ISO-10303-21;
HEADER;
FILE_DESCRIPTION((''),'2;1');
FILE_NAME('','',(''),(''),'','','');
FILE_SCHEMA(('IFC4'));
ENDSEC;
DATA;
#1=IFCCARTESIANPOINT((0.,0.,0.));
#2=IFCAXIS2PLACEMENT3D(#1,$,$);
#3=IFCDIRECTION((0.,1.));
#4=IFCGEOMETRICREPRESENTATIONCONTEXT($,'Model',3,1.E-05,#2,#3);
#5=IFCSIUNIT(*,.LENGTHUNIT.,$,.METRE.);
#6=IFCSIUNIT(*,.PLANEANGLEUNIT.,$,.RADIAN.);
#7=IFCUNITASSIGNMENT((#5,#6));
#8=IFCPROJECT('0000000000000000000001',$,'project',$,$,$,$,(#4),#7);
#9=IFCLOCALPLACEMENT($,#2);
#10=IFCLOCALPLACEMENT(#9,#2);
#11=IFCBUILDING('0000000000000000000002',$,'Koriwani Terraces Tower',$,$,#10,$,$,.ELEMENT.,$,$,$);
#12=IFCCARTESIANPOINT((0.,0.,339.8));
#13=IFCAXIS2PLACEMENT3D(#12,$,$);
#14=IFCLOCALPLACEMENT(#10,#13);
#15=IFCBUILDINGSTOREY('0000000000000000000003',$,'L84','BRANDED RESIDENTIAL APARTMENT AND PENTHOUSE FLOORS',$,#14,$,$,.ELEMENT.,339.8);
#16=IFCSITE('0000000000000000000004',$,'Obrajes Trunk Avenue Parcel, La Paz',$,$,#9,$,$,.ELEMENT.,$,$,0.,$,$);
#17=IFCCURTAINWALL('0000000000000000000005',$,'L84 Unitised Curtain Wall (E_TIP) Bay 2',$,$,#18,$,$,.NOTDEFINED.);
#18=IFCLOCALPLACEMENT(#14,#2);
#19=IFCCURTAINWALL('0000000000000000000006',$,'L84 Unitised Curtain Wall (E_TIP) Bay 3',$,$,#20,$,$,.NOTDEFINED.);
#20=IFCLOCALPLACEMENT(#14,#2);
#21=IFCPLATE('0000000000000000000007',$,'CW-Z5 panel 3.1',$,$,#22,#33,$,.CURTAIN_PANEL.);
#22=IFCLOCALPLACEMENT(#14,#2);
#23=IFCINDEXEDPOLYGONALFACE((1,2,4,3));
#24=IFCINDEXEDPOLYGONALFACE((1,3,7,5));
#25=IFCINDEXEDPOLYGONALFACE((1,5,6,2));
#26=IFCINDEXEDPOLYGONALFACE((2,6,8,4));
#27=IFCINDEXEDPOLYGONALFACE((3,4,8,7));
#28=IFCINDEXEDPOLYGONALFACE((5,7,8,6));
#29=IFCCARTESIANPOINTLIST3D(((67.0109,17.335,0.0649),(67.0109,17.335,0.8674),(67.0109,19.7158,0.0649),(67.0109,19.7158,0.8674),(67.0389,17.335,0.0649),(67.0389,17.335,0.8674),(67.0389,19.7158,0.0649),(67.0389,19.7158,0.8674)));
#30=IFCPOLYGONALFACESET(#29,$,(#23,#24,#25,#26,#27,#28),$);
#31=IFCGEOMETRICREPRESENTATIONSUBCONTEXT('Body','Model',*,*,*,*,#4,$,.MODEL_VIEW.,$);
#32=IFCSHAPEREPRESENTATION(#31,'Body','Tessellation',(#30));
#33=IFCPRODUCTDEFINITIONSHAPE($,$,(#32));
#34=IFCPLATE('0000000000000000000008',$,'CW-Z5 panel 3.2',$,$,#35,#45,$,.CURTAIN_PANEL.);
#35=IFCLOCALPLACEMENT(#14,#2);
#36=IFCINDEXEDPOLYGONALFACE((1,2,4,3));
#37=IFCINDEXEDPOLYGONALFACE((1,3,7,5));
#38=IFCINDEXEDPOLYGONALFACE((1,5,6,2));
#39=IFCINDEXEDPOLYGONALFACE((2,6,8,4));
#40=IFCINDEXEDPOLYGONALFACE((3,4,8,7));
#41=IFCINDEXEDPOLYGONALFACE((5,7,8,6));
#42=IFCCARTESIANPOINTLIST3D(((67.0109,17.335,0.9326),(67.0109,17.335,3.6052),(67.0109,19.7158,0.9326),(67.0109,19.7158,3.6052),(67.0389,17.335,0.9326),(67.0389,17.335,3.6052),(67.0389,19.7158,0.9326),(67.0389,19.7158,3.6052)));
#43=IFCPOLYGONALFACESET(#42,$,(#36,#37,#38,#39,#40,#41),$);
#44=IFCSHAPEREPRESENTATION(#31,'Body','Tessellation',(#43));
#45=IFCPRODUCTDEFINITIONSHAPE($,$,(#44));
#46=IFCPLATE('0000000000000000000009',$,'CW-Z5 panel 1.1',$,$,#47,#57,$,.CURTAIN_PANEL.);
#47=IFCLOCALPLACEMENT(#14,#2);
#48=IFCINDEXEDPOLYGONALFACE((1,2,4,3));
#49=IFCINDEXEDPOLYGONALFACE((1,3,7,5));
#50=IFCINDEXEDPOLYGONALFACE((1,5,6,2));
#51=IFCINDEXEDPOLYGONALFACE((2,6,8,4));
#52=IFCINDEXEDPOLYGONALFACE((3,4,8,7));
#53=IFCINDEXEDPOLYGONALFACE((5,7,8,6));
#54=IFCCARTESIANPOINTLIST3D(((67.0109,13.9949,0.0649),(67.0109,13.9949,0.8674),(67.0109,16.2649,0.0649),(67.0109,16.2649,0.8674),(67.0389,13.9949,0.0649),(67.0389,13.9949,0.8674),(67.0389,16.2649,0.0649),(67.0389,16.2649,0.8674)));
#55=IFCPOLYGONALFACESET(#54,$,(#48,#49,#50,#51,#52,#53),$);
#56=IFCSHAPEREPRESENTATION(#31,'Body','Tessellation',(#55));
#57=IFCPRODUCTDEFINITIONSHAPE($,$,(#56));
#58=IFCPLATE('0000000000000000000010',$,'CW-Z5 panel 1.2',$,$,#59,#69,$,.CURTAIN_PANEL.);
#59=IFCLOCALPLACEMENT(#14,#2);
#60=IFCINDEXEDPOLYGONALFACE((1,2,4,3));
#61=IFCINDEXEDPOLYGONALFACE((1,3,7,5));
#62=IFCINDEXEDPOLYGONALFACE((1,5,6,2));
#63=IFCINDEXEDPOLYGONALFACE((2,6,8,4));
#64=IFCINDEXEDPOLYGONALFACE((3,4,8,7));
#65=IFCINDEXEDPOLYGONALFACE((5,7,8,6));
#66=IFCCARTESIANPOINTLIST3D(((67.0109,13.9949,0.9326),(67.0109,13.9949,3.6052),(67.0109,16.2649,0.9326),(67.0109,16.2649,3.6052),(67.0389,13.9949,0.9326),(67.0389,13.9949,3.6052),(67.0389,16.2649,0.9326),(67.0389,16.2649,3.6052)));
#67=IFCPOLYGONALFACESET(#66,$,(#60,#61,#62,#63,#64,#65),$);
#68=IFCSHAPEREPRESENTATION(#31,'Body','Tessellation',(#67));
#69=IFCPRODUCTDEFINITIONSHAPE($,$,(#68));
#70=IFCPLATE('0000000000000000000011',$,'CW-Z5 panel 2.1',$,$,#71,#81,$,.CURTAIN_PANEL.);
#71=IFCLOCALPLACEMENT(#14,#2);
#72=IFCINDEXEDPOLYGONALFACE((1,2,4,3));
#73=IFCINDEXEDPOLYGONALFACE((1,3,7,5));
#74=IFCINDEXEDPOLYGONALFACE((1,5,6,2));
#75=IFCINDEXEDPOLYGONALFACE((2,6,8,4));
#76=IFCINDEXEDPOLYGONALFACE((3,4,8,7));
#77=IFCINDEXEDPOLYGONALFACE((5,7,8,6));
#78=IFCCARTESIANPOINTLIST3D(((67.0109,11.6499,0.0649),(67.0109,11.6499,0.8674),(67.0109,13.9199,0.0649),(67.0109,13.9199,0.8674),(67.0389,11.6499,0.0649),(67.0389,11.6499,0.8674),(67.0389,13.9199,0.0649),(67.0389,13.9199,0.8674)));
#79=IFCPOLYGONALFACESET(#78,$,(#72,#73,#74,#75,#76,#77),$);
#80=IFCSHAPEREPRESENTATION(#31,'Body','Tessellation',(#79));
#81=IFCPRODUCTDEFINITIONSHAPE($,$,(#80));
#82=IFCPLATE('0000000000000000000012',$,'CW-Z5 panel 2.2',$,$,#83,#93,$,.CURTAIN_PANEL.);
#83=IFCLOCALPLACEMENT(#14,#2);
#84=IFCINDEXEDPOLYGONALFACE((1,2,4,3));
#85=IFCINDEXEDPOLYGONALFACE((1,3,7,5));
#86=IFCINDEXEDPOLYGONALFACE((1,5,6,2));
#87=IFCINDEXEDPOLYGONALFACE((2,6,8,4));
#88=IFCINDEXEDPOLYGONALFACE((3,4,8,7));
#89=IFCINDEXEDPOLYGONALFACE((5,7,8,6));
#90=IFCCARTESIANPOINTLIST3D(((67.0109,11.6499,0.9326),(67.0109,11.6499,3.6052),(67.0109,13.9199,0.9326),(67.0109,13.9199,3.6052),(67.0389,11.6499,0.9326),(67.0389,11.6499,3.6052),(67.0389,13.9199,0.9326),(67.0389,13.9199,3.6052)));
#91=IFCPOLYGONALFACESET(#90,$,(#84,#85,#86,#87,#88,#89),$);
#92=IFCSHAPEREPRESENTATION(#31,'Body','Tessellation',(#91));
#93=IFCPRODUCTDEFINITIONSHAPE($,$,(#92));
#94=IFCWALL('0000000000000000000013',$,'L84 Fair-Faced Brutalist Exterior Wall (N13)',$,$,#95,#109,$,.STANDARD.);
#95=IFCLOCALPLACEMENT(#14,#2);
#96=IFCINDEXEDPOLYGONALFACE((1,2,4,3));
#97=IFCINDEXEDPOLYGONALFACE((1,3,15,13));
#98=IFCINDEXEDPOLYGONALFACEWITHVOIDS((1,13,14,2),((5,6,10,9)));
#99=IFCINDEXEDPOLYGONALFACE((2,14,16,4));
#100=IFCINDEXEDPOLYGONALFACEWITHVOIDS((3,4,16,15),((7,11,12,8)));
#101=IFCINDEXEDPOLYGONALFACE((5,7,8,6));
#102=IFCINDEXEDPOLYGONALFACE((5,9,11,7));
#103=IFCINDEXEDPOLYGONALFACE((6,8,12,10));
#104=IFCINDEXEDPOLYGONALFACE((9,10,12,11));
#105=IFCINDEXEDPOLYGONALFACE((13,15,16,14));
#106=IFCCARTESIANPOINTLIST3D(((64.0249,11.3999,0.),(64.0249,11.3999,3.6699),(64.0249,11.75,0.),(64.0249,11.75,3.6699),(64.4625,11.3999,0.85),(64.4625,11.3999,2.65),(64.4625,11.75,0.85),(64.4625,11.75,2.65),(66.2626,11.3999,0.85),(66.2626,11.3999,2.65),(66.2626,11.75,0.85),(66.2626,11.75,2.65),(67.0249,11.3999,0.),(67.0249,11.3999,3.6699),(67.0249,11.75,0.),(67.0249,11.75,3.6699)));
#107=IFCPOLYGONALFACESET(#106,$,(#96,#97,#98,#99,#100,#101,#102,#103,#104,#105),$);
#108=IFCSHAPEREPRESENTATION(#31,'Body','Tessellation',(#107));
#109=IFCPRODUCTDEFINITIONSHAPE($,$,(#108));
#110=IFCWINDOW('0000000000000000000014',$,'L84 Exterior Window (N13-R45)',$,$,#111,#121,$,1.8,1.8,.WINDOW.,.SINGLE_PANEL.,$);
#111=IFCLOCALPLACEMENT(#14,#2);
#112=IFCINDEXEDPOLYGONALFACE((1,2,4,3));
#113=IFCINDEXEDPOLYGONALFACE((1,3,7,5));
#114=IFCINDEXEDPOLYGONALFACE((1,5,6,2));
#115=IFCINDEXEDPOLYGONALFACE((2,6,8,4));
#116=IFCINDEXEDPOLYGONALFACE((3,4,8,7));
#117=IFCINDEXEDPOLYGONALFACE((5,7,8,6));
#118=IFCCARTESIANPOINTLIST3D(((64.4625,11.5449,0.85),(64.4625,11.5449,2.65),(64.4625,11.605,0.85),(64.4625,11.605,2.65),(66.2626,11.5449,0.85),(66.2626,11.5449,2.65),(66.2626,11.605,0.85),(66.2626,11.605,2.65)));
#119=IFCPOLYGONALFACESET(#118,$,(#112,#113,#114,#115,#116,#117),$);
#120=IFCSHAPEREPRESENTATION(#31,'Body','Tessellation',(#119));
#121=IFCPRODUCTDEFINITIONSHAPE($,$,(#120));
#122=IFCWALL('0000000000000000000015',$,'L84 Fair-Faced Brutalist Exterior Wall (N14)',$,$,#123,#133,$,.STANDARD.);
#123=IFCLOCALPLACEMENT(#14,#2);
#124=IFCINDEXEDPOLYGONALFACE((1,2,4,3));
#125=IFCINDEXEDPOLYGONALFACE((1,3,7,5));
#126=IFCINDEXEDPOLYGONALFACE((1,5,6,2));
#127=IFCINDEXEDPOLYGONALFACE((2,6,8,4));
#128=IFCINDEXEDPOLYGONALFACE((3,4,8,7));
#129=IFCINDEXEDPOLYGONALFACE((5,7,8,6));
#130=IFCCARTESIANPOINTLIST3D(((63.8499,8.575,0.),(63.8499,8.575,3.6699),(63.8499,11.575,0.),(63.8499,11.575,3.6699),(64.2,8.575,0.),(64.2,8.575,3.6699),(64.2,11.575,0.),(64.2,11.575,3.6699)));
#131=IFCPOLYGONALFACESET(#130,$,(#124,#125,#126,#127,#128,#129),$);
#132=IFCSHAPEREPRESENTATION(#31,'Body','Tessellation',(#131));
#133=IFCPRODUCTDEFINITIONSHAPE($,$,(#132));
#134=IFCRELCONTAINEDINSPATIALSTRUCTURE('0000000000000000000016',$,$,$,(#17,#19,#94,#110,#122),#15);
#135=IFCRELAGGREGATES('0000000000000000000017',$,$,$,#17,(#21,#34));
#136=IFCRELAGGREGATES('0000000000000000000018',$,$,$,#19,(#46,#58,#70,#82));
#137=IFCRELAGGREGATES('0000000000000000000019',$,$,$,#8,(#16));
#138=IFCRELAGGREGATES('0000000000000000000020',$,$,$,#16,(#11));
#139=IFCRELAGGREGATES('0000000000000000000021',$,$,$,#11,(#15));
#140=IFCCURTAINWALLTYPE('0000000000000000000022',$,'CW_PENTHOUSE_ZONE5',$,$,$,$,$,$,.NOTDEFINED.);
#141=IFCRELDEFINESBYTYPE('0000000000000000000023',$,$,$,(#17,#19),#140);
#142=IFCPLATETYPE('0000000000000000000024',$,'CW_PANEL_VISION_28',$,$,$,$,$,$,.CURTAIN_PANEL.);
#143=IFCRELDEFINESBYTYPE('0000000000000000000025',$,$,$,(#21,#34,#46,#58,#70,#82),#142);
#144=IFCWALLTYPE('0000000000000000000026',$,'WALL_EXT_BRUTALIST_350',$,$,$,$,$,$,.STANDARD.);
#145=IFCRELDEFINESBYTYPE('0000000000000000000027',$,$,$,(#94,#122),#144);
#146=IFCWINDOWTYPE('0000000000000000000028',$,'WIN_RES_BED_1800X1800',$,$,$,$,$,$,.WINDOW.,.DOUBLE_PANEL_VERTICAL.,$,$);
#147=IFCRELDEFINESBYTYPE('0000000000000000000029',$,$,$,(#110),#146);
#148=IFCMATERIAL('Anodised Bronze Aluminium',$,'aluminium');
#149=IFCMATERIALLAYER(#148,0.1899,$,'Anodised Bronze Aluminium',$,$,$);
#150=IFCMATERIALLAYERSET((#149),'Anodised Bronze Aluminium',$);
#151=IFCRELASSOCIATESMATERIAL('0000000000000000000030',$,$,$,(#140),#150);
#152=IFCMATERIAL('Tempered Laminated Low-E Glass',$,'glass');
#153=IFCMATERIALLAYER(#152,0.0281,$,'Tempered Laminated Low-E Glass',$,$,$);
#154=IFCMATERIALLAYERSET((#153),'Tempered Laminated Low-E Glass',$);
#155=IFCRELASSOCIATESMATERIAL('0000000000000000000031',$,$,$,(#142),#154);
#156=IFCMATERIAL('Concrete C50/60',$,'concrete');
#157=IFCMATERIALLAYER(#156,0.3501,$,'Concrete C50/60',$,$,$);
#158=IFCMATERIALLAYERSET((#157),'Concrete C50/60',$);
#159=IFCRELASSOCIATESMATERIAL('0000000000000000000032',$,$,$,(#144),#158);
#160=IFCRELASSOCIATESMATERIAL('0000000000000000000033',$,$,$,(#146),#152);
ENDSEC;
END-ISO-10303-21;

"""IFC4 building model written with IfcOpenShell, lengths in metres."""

from ifc_helpers import new_model, si_unit, direction, frame, frame_2d, origin, origin_2d, place, context, subcontext, project, spatial, rectangle, extrude, material, layer, layer_set, type_object, element, fill, aggregate, save


model = new_model("IFC4")

# Units and contexts
model_context = context("Model", 3, precision=1e-05, world=origin(), true_north=direction((0.0, 1.0)))
body_context = subcontext(model_context, "Body", "Model", "MODEL_VIEW")
ifc_project = project(units=[si_unit("LENGTHUNIT", "METRE"), si_unit("PLANEANGLEUNIT", "RADIAN")], contexts=[model_context])

# Site, building, storey
site_placement = place(None, origin())
site = spatial("IfcSite", under=ifc_project, at=site_placement, Name="Obrajes Trunk Avenue Parcel, La Paz", CompositionType="ELEMENT", RefElevation=0.0)
building_placement = place(site_placement, origin())
building = spatial("IfcBuilding", under=site, at=building_placement, Name="Koriwani Terraces Tower", CompositionType="ELEMENT")
storey_placement = place(building_placement, frame((0.0, 0.0, 339.8)))
storey = spatial("IfcBuildingStorey", under=building, at=storey_placement, Name="L84", Description="BRANDED RESIDENTIAL APARTMENT AND PENTHOUSE FLOORS", CompositionType="ELEMENT", Elevation=339.8)

# Shared definitions
ifc_material_1 = material(Name="Concrete C50/60", Category="concrete")

# Curtain wall
ifc_material_2 = material(Name="Anodised Bronze Aluminium", Category="aluminium")
ifc_layer_1 = layer(ifc_material_2, 0.1899, Name="Anodised Bronze Aluminium")
ifc_layer_set_1 = layer_set([ifc_layer_1], Name="Anodised Bronze Aluminium")
curtain_wall_type = type_object("IfcCurtainWallType", Name="CW_PENTHOUSE_ZONE5", PredefinedType="NOTDEFINED", material=ifc_layer_set_1)
curtain_wall_1_placement = place(storey_placement, origin())
curtain_wall_1 = element("IfcCurtainWall", 1, at=curtain_wall_1_placement, inside=storey, type_object=curtain_wall_type, Name="L84 Unitised Curtain Wall (E_TIP) Bay 2", PredefinedType="NOTDEFINED")

# Curtain wall
curtain_wall_2_placement = place(storey_placement, origin())
curtain_wall_2 = element("IfcCurtainWall", 2, at=curtain_wall_2_placement, inside=storey, type_object=curtain_wall_type, Name="L84 Unitised Curtain Wall (E_TIP) Bay 3", PredefinedType="NOTDEFINED")

# Plates
ifc_material_3 = material(Name="Tempered Laminated Low-E Glass", Category="glass")
ifc_layer_2 = layer(ifc_material_3, 0.0281, Name="Tempered Laminated Low-E Glass")
ifc_layer_set_2 = layer_set([ifc_layer_2], Name="Tempered Laminated Low-E Glass")
plate_type = type_object("IfcPlateType", Name="CW_PANEL_VISION_28", PredefinedType="CURTAIN_PANEL", material=ifc_layer_set_2)
plate_1_placement = place(storey_placement, frame((67.0249, 18.5254, 0.0649), z_axis=(0.0, 0.0, 1.0), x_axis=(0.0, -1.0, 0.0)))
plate_1 = element("IfcPlate", 3, at=plate_1_placement, type_object=plate_type, Name="CW-Z5 panel 3.1", PredefinedType="CURTAIN_PANEL", context=body_context, shape_type="SweptSolid", body=[
    extrude(rectangle(XDim=2.3809, YDim=0.0281, at=origin_2d()), origin(), (0.0, 0.0, 1.0), 0.8025),
])
plate_2_placement = place(storey_placement, frame((67.0249, 18.5254, 0.9326), z_axis=(0.0, 0.0, 1.0), x_axis=(0.0, -1.0, 0.0)))
plate_2 = element("IfcPlate", 4, at=plate_2_placement, type_object=plate_type, Name="CW-Z5 panel 3.2", PredefinedType="CURTAIN_PANEL", context=body_context, shape_type="SweptSolid", body=[
    extrude(rectangle(XDim=2.3809, YDim=0.0281, at=origin_2d()), origin(), (0.0, 0.0, 1.0), 2.6726),
])
aggregate(curtain_wall_1, [plate_1, plate_2])
plate_3_placement = place(storey_placement, frame((67.0249, 15.1299, 0.0649), z_axis=(0.0, 0.0, 1.0), x_axis=(0.0, -1.0, 0.0)))
plate_3 = element("IfcPlate", 5, at=plate_3_placement, type_object=plate_type, Name="CW-Z5 panel 1.1", PredefinedType="CURTAIN_PANEL", context=body_context, shape_type="SweptSolid", body=[
    extrude(rectangle(XDim=2.27, YDim=0.0281, at=origin_2d()), origin(), (0.0, 0.0, 1.0), 0.8025),
])
plate_4_placement = place(storey_placement, frame((67.0249, 15.1299, 0.9326), z_axis=(0.0, 0.0, 1.0), x_axis=(0.0, -1.0, 0.0)))
plate_4 = element("IfcPlate", 6, at=plate_4_placement, type_object=plate_type, Name="CW-Z5 panel 1.2", PredefinedType="CURTAIN_PANEL", context=body_context, shape_type="SweptSolid", body=[
    extrude(rectangle(XDim=2.27, YDim=0.0281, at=origin_2d()), origin(), (0.0, 0.0, 1.0), 2.6726),
])
plate_5_placement = place(storey_placement, frame((67.0249, 12.7849, 0.0649), z_axis=(0.0, 0.0, 1.0), x_axis=(0.0, -1.0, 0.0)))
plate_5 = element("IfcPlate", 7, at=plate_5_placement, type_object=plate_type, Name="CW-Z5 panel 2.1", PredefinedType="CURTAIN_PANEL", context=body_context, shape_type="SweptSolid", body=[
    extrude(rectangle(XDim=2.27, YDim=0.0281, at=origin_2d()), origin(), (0.0, 0.0, 1.0), 0.8025),
])
plate_6_placement = place(storey_placement, frame((67.0249, 12.7849, 0.9326), z_axis=(0.0, 0.0, 1.0), x_axis=(0.0, -1.0, 0.0)))
plate_6 = element("IfcPlate", 8, at=plate_6_placement, type_object=plate_type, Name="CW-Z5 panel 2.2", PredefinedType="CURTAIN_PANEL", context=body_context, shape_type="SweptSolid", body=[
    extrude(rectangle(XDim=2.27, YDim=0.0281, at=origin_2d()), origin(), (0.0, 0.0, 1.0), 2.6726),
])
aggregate(curtain_wall_2, [plate_3, plate_4, plate_5, plate_6])

# Wall, opening, window
ifc_layer_3 = layer(ifc_material_1, 0.3501, Name="Concrete C50/60")
ifc_layer_set_3 = layer_set([ifc_layer_3], Name="Concrete C50/60")
wall_type = type_object("IfcWallType", Name="WALL_EXT_BRUTALIST_350", PredefinedType="STANDARD", material=ifc_layer_set_3)
wall_1_placement = place(storey_placement, frame((67.0249, 11.575, 0.0), z_axis=(0.0, 0.0, 1.0), x_axis=(-1.0, 0.0, 0.0)))
wall_1 = element("IfcWall", 9, at=wall_1_placement, inside=storey, type_object=wall_type, Name="L84 Fair-Faced Brutalist Exterior Wall (N13)", PredefinedType="STANDARD", context=body_context, shape_type="SweptSolid", body=[
    extrude(rectangle(XDim=3.0, YDim=0.3501, at=frame_2d((1.5, 0.0))), origin(), (0.0, 0.0, 1.0), 3.6699),
])
opening_1_placement = place(wall_1_placement, frame((0.7625, 0.0, 0.8501)))
opening_1 = element("IfcOpeningElement", 10, at=opening_1_placement, cuts=wall_1, PredefinedType="OPENING", context=body_context, shape_type="SweptSolid", body=[
    extrude(rectangle(XDim=1.8, YDim=1.8, at=frame_2d((0.8999, 0.8999))), frame((0.0, 0.1851, 0.0), z_axis=(0.0, -1.0, 0.0), x_axis=(1.0, 0.0, 0.0)), (0.0, 0.0, 1.0), 0.3701),
])
window_type_1 = type_object("IfcWindowType", Name="WIN_RES_BED_1800X1800", PartitioningType="DOUBLE_PANEL_VERTICAL", PredefinedType="WINDOW", material=ifc_material_3)
window_1_placement = place(opening_1_placement, origin())
window_1 = element("IfcWindow", 11, at=window_1_placement, inside=storey, type_object=window_type_1, Name="L84 Exterior Window (N13-R45)", OverallHeight=1.8, OverallWidth=1.8, PartitioningType="SINGLE_PANEL", PredefinedType="WINDOW", context=body_context, shape_type="SweptSolid", body=[
    extrude(rectangle(XDim=1.8, YDim=1.8, at=frame_2d((0.8999, 0.8999))), frame((0.0, 0.03, 0.0), z_axis=(0.0, -1.0, 0.0), x_axis=(1.0, 0.0, 0.0)), (0.0, 0.0, 1.0), 0.0601),
])
fill(opening_1, window_1)

# Wall
wall_2_placement = place(storey_placement, frame((64.0249, 11.575, 0.0), z_axis=(0.0, 0.0, 1.0), x_axis=(0.0, -1.0, 0.0)))
element("IfcWall", 12, at=wall_2_placement, inside=storey, type_object=wall_type, Name="L84 Fair-Faced Brutalist Exterior Wall (N14)", PredefinedType="STANDARD", context=body_context, shape_type="SweptSolid", body=[
    extrude(rectangle(XDim=3.0, YDim=0.3501, at=frame_2d((1.5, 0.0))), origin(), (0.0, 0.0, 1.0), 3.6699),
])

save(model, "model.ifc")
